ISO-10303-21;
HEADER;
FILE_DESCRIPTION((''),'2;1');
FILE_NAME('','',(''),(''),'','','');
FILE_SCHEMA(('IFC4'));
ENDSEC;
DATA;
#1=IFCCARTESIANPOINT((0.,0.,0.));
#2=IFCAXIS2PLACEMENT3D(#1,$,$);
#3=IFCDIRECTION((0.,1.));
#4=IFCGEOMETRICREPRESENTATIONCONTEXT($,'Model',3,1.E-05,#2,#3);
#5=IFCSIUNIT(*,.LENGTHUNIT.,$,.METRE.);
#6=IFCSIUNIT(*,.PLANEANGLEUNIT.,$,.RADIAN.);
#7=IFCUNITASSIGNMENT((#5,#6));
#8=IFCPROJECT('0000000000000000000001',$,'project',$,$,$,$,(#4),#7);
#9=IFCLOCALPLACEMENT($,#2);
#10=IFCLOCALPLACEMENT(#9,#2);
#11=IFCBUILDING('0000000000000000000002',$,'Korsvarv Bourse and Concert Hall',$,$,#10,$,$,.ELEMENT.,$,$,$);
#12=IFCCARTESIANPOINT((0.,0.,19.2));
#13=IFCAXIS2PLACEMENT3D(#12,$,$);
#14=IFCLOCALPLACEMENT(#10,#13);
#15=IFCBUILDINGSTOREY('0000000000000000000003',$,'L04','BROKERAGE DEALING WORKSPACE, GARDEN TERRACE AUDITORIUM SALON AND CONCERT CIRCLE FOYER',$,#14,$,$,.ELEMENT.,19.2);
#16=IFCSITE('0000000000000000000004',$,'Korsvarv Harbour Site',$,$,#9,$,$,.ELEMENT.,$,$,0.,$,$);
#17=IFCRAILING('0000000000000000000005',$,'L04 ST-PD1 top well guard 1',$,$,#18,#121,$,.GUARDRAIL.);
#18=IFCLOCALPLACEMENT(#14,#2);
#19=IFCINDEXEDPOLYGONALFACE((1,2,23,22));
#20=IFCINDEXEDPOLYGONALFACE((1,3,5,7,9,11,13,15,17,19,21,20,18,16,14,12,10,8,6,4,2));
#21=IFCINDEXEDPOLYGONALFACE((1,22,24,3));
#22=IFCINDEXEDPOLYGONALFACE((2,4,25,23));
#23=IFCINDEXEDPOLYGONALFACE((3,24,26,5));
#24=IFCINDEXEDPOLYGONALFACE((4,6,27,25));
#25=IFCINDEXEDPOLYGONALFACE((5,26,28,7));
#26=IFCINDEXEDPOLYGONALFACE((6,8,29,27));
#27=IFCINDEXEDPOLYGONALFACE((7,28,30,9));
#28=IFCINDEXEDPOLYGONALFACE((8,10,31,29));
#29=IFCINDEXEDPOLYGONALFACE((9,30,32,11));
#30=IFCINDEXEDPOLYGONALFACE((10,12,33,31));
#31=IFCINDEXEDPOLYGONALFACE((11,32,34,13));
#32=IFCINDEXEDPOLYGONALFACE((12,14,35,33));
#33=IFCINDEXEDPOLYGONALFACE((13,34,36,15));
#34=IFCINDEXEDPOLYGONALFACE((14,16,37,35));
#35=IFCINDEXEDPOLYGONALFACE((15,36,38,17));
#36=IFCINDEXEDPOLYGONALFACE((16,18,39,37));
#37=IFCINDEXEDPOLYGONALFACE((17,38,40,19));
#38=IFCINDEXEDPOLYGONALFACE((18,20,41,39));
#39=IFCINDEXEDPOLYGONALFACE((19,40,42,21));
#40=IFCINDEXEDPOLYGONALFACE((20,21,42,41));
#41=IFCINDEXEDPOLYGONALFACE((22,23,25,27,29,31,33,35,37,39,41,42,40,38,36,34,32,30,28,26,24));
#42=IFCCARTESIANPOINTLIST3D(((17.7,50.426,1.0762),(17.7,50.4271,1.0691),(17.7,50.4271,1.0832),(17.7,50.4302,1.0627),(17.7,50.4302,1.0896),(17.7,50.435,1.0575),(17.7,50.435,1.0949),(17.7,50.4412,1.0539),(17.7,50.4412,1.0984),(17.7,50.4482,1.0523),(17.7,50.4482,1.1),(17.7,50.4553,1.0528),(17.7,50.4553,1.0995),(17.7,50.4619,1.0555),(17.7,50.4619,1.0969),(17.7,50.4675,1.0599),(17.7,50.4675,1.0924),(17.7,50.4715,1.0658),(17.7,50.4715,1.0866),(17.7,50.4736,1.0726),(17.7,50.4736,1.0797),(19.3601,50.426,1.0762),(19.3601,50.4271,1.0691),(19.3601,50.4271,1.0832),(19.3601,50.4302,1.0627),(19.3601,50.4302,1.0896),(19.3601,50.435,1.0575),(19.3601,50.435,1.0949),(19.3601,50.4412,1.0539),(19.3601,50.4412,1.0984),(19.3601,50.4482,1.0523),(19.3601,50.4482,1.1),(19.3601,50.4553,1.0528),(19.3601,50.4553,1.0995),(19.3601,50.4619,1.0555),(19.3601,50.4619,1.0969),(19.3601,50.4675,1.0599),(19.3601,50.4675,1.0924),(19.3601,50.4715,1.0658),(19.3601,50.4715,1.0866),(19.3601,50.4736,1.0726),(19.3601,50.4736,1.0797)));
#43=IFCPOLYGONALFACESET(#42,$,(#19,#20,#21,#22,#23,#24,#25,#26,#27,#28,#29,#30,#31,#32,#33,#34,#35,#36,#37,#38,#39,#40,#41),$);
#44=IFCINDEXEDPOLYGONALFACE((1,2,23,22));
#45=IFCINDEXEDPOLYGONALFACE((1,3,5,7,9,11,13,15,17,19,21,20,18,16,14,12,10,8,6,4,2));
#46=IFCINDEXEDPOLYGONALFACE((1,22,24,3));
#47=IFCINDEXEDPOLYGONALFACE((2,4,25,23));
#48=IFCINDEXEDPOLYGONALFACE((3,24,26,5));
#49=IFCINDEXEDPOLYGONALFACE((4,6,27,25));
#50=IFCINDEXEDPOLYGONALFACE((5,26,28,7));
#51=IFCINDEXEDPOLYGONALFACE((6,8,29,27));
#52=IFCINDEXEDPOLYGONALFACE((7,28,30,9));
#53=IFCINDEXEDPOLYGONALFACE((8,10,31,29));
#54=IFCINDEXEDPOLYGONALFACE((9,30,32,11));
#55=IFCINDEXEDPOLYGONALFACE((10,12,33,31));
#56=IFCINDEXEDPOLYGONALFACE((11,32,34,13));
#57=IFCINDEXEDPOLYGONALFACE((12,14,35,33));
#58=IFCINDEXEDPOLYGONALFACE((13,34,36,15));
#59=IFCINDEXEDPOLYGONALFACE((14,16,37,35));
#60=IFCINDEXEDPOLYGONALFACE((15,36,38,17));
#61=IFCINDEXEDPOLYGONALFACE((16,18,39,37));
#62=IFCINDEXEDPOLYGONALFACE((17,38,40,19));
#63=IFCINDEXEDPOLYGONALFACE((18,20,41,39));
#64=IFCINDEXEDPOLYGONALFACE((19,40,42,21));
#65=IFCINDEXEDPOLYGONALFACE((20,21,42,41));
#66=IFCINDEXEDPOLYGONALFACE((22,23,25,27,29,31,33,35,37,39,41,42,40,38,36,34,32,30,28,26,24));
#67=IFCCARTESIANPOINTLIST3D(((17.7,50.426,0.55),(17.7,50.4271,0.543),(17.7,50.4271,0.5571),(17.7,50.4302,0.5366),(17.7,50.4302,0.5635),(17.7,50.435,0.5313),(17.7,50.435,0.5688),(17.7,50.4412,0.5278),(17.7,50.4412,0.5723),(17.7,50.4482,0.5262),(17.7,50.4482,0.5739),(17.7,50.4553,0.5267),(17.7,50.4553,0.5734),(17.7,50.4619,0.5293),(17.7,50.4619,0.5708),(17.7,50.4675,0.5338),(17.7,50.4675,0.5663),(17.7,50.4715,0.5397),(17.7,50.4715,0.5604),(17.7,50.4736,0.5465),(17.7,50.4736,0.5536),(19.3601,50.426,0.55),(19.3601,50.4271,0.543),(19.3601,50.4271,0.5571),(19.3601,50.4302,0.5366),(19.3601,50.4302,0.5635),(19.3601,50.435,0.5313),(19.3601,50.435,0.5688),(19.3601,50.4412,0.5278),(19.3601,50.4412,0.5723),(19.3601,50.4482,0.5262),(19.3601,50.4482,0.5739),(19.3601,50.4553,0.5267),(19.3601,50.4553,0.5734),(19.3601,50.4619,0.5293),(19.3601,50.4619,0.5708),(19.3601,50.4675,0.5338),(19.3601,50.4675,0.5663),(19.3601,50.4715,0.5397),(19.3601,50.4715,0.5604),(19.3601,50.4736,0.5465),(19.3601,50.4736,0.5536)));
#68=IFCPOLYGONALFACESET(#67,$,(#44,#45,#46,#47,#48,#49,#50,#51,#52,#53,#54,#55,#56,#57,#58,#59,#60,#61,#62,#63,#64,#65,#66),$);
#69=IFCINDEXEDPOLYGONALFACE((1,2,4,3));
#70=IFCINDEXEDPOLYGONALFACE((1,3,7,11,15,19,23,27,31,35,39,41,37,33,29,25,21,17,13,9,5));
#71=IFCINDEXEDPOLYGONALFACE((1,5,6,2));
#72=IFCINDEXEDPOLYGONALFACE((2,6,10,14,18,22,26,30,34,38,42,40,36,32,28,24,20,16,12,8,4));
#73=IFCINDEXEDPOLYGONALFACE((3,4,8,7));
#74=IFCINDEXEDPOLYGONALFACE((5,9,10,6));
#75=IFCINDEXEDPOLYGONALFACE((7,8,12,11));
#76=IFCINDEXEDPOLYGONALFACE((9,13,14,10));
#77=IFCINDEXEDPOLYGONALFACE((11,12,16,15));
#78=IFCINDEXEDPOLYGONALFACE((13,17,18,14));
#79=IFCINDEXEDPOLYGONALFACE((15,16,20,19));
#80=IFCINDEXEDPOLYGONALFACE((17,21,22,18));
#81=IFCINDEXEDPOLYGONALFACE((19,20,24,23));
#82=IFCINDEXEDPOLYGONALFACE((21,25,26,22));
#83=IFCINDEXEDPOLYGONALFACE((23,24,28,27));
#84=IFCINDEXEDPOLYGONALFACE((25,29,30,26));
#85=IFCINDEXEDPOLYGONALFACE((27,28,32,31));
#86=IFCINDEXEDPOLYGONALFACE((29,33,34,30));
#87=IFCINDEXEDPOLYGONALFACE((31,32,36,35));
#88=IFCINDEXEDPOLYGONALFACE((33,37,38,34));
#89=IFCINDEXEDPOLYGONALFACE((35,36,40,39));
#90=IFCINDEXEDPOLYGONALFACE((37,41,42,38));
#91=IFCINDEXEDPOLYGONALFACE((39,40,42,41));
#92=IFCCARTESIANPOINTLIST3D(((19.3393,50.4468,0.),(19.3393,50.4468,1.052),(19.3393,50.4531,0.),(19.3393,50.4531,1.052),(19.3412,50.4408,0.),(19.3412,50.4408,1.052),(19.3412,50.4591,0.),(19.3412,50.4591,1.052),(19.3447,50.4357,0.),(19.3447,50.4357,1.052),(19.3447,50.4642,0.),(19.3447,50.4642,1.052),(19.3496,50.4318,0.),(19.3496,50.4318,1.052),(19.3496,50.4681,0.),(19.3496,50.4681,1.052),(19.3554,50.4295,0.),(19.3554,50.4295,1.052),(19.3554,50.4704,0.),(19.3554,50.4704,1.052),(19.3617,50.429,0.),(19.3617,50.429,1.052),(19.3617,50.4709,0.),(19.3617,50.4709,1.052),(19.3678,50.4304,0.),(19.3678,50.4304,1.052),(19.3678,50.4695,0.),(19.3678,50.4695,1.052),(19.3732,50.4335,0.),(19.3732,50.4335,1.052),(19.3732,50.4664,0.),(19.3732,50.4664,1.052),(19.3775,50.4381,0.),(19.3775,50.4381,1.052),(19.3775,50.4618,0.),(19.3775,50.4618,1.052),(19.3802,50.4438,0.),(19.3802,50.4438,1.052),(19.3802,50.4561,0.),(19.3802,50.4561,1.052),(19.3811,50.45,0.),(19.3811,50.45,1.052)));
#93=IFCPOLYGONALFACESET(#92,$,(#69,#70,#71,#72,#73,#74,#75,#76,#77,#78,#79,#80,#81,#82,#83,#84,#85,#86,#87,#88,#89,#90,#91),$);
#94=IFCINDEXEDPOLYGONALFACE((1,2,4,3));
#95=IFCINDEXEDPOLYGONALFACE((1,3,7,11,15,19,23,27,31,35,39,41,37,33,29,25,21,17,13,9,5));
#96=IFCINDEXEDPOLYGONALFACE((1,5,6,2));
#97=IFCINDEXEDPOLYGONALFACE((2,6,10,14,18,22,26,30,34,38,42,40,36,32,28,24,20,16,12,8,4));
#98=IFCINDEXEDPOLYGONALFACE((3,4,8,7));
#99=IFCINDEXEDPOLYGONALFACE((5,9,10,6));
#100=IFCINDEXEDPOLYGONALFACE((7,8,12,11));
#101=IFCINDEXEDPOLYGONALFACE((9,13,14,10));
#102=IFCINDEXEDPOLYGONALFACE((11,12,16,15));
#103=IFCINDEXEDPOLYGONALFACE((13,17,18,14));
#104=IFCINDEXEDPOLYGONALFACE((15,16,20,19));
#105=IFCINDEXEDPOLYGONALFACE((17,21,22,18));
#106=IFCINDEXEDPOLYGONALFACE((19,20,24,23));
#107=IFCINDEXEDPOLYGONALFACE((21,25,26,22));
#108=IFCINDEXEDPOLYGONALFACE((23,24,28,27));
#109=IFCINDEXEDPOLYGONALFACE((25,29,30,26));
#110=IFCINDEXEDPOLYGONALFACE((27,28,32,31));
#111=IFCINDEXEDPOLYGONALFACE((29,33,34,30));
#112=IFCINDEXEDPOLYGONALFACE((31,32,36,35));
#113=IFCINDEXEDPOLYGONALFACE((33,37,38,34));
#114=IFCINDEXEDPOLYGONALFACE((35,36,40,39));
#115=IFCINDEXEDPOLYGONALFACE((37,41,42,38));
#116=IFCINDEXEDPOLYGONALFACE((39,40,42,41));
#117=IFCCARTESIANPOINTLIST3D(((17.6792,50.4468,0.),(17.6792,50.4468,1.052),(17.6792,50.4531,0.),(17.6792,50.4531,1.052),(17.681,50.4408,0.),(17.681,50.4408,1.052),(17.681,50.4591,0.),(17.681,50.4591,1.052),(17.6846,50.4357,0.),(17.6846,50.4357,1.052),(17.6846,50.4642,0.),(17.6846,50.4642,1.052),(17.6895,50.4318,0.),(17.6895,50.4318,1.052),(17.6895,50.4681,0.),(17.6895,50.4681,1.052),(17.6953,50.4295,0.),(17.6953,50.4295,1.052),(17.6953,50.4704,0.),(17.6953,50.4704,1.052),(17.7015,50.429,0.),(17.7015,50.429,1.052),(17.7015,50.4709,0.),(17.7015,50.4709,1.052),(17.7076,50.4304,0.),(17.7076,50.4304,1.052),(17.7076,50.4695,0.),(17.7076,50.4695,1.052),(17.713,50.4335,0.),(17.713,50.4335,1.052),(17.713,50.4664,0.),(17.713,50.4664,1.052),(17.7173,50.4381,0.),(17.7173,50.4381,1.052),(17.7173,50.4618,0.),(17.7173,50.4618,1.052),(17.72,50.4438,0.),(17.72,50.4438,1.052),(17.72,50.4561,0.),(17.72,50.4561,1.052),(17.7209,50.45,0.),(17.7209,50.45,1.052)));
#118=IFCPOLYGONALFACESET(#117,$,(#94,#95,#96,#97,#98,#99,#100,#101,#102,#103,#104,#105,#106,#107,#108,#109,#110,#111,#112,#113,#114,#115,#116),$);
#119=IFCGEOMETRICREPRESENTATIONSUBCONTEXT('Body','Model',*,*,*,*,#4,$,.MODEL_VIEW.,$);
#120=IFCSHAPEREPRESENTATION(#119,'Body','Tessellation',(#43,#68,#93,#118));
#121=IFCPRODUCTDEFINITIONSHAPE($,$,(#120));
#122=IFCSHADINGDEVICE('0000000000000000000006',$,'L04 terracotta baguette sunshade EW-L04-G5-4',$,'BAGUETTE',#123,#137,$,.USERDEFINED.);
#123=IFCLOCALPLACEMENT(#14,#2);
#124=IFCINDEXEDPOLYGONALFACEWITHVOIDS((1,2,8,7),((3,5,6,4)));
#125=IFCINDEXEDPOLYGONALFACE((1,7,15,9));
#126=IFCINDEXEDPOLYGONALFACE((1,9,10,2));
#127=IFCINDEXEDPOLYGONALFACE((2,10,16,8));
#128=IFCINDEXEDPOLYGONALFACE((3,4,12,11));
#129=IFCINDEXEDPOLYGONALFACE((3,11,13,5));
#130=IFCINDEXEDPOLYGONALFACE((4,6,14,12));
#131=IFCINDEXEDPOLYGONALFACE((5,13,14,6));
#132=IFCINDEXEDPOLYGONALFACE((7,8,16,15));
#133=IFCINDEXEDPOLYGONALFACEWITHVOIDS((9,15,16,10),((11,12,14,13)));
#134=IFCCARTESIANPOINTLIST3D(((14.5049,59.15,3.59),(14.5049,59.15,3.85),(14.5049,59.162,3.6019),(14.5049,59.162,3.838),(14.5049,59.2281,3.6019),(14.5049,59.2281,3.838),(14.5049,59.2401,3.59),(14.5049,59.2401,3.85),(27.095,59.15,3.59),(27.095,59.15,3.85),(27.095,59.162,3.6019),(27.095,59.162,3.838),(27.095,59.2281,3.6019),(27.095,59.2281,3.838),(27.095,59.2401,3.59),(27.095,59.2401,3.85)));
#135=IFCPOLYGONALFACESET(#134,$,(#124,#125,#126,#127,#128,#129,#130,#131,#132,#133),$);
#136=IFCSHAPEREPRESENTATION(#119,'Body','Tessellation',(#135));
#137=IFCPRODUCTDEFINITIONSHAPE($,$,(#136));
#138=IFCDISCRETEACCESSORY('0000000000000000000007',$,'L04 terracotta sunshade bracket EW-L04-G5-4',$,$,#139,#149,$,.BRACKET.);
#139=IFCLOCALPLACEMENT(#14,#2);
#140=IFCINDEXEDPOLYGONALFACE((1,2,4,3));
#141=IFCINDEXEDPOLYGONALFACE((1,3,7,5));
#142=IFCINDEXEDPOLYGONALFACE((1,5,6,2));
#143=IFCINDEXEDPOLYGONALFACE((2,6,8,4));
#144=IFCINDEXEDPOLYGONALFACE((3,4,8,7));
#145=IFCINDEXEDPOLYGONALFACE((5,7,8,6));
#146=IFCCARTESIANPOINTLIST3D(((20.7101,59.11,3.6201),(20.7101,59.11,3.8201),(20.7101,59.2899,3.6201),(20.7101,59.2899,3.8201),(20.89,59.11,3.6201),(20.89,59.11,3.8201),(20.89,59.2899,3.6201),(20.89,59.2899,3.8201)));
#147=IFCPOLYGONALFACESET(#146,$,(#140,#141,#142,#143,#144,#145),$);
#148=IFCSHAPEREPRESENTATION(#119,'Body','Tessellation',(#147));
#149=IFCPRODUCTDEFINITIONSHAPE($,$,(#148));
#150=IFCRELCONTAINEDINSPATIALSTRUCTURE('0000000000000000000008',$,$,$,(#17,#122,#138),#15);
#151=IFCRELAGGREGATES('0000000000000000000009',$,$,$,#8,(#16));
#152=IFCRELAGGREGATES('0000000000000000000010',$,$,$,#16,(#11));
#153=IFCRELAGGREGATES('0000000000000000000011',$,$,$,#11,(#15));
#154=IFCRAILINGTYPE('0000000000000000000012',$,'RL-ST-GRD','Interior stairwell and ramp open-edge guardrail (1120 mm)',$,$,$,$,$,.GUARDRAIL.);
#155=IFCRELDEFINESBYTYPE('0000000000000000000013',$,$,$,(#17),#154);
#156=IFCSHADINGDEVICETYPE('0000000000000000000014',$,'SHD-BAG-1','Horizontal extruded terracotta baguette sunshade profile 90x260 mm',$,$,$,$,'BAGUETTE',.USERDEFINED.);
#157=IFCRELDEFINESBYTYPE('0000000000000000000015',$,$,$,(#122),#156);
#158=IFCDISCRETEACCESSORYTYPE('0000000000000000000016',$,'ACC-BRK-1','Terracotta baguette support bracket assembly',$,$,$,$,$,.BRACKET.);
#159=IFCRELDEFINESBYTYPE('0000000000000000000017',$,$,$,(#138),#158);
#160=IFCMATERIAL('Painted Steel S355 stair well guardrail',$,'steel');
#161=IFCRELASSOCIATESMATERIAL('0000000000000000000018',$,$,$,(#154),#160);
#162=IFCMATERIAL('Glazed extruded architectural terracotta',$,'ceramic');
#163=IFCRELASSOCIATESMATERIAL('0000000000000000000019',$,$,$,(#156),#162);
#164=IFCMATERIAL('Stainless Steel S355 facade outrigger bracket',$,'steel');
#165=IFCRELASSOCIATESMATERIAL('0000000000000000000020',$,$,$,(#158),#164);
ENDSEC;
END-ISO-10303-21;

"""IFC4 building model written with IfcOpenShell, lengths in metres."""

from ifc_helpers import new_model, si_unit, direction, frame, origin, origin_2d, place, context, subcontext, project, spatial, rectangle, hollow_rectangle, circle, extrude, source, transform, mapped, material, material_profile, profile_set, type_object, element, save


model = new_model("IFC4")

# Units and contexts
model_context = context("Model", 3, precision=1e-05, world=origin(), true_north=direction((0.0, 1.0)))
body_context = subcontext(model_context, "Body", "Model", "MODEL_VIEW")
ifc_project = project(units=[si_unit("LENGTHUNIT", "METRE"), si_unit("PLANEANGLEUNIT", "RADIAN")], contexts=[model_context])

# Site, building, storey
site_placement = place(None, origin())
site = spatial("IfcSite", under=ifc_project, at=site_placement, Name="Korsvarv Harbour Site", CompositionType="ELEMENT", RefElevation=0.0)
building_placement = place(site_placement, origin())
building = spatial("IfcBuilding", under=site, at=building_placement, Name="Korsvarv Bourse and Concert Hall", CompositionType="ELEMENT")
storey_placement = place(building_placement, frame((0.0, 0.0, 19.2)))
storey = spatial("IfcBuildingStorey", under=building, at=storey_placement, Name="L04", Description="BROKERAGE DEALING WORKSPACE, GARDEN TERRACE AUDITORIUM SALON AND CONCERT CIRCLE FOYER", CompositionType="ELEMENT", Elevation=19.2)

# Railing
ifc_material_1 = material(Name="Painted Steel S355 stair well guardrail", Category="steel")
railing_type = type_object("IfcRailingType", Name="RL-ST-GRD", Description="Interior stairwell and ramp open-edge guardrail (1120 mm)", PredefinedType="GUARDRAIL", material=ifc_material_1)
railing_1_placement = place(storey_placement, frame((19.3601, 50.45, 0.0)))
element("IfcRailing", 1, at=railing_1_placement, inside=storey, type_object=railing_type, Name="L04 ST-PD1 top well guard 1", PredefinedType="GUARDRAIL", context=body_context, shape_type="SweptSolid", body=[
    extrude(circle(Radius=0.0239, at=origin_2d()), frame((0.0, 0.0, 1.0762), z_axis=(-1.0, 0.0, 0.0), x_axis=(0.0, -1.0, 0.0)), (0.0, 0.0, 1.0), 1.6602),
    extrude(circle(Radius=0.0239, at=origin_2d()), frame((0.0, 0.0, 0.55), z_axis=(-1.0, 0.0, 0.0), x_axis=(0.0, -1.0, 0.0)), (0.0, 0.0, 1.0), 1.6602),
    extrude(circle(Radius=0.021, at=origin_2d()), origin(), (0.0, 0.0, 1.0), 1.052),
    extrude(circle(Radius=0.021, at=origin_2d()), frame((-1.6602, 0.0, 0.0)), (0.0, 0.0, 1.0), 1.052),
])

# Shading device
ifc_material_2 = material(Name="Glazed extruded architectural terracotta", Category="ceramic")
ifc_material_profile_1 = material_profile(ifc_material_2, hollow_rectangle(XDim=0.0901, YDim=0.26, WallThickness=0.012, at=origin_2d()), Name="TC-BAG 90x260")
ifc_profile_set_1 = profile_set([ifc_material_profile_1], Name="Glazed extruded architectural terracotta")
shading_device_type = type_object("IfcShadingDeviceType", Name="SHD-BAG-1", Description="Horizontal extruded terracotta baguette sunshade profile 90x260 mm", ElementType="BAGUETTE", PredefinedType="USERDEFINED", material=ifc_profile_set_1)
shared_shape_1 = source(origin(), body_context, "Body", "SweptSolid", [
    extrude(hollow_rectangle(XDim=0.0901, YDim=0.26, WallThickness=0.012, at=origin_2d()), origin(), (0.0, 0.0, 1.0), 12.5901),
])
shading_device_placement = place(storey_placement, frame((27.095, 59.1951, 3.72), z_axis=(-1.0, 0.0, 0.0), x_axis=(0.0, -1.0, 0.0)))
element("IfcShadingDevice", 2, at=shading_device_placement, inside=storey, type_object=shading_device_type, Name="L04 terracotta baguette sunshade EW-L04-G5-4", ObjectType="BAGUETTE", PredefinedType="USERDEFINED", context=body_context, shape_type="MappedRepresentation", body=[
    mapped(shared_shape_1, transform((0.0, 0.0, 0.0), scale=1.0)),
])

# Discrete accessory
ifc_material_3 = material(Name="Stainless Steel S355 facade outrigger bracket", Category="steel")
discrete_accessory_type = type_object("IfcDiscreteAccessoryType", Name="ACC-BRK-1", Description="Terracotta baguette support bracket assembly", PredefinedType="BRACKET", material=ifc_material_3)
shared_shape_2 = source(origin(), body_context, "Body", "SweptSolid", [
    extrude(rectangle(XDim=0.1799, YDim=0.1799, at=origin_2d()), origin(), (0.0, 0.0, 1.0), 0.2),
])
discrete_accessory_placement = place(storey_placement, frame((20.8, 59.2, 3.6201), z_axis=(0.0, 0.0, 1.0), x_axis=(-1.0, 0.0, 0.0)))
element("IfcDiscreteAccessory", 3, at=discrete_accessory_placement, inside=storey, type_object=discrete_accessory_type, Name="L04 terracotta sunshade bracket EW-L04-G5-4", PredefinedType="BRACKET", context=body_context, shape_type="MappedRepresentation", body=[
    mapped(shared_shape_2, transform((0.0, 0.0, 0.0), scale=1.0)),
])

save(model, "model.ifc")
